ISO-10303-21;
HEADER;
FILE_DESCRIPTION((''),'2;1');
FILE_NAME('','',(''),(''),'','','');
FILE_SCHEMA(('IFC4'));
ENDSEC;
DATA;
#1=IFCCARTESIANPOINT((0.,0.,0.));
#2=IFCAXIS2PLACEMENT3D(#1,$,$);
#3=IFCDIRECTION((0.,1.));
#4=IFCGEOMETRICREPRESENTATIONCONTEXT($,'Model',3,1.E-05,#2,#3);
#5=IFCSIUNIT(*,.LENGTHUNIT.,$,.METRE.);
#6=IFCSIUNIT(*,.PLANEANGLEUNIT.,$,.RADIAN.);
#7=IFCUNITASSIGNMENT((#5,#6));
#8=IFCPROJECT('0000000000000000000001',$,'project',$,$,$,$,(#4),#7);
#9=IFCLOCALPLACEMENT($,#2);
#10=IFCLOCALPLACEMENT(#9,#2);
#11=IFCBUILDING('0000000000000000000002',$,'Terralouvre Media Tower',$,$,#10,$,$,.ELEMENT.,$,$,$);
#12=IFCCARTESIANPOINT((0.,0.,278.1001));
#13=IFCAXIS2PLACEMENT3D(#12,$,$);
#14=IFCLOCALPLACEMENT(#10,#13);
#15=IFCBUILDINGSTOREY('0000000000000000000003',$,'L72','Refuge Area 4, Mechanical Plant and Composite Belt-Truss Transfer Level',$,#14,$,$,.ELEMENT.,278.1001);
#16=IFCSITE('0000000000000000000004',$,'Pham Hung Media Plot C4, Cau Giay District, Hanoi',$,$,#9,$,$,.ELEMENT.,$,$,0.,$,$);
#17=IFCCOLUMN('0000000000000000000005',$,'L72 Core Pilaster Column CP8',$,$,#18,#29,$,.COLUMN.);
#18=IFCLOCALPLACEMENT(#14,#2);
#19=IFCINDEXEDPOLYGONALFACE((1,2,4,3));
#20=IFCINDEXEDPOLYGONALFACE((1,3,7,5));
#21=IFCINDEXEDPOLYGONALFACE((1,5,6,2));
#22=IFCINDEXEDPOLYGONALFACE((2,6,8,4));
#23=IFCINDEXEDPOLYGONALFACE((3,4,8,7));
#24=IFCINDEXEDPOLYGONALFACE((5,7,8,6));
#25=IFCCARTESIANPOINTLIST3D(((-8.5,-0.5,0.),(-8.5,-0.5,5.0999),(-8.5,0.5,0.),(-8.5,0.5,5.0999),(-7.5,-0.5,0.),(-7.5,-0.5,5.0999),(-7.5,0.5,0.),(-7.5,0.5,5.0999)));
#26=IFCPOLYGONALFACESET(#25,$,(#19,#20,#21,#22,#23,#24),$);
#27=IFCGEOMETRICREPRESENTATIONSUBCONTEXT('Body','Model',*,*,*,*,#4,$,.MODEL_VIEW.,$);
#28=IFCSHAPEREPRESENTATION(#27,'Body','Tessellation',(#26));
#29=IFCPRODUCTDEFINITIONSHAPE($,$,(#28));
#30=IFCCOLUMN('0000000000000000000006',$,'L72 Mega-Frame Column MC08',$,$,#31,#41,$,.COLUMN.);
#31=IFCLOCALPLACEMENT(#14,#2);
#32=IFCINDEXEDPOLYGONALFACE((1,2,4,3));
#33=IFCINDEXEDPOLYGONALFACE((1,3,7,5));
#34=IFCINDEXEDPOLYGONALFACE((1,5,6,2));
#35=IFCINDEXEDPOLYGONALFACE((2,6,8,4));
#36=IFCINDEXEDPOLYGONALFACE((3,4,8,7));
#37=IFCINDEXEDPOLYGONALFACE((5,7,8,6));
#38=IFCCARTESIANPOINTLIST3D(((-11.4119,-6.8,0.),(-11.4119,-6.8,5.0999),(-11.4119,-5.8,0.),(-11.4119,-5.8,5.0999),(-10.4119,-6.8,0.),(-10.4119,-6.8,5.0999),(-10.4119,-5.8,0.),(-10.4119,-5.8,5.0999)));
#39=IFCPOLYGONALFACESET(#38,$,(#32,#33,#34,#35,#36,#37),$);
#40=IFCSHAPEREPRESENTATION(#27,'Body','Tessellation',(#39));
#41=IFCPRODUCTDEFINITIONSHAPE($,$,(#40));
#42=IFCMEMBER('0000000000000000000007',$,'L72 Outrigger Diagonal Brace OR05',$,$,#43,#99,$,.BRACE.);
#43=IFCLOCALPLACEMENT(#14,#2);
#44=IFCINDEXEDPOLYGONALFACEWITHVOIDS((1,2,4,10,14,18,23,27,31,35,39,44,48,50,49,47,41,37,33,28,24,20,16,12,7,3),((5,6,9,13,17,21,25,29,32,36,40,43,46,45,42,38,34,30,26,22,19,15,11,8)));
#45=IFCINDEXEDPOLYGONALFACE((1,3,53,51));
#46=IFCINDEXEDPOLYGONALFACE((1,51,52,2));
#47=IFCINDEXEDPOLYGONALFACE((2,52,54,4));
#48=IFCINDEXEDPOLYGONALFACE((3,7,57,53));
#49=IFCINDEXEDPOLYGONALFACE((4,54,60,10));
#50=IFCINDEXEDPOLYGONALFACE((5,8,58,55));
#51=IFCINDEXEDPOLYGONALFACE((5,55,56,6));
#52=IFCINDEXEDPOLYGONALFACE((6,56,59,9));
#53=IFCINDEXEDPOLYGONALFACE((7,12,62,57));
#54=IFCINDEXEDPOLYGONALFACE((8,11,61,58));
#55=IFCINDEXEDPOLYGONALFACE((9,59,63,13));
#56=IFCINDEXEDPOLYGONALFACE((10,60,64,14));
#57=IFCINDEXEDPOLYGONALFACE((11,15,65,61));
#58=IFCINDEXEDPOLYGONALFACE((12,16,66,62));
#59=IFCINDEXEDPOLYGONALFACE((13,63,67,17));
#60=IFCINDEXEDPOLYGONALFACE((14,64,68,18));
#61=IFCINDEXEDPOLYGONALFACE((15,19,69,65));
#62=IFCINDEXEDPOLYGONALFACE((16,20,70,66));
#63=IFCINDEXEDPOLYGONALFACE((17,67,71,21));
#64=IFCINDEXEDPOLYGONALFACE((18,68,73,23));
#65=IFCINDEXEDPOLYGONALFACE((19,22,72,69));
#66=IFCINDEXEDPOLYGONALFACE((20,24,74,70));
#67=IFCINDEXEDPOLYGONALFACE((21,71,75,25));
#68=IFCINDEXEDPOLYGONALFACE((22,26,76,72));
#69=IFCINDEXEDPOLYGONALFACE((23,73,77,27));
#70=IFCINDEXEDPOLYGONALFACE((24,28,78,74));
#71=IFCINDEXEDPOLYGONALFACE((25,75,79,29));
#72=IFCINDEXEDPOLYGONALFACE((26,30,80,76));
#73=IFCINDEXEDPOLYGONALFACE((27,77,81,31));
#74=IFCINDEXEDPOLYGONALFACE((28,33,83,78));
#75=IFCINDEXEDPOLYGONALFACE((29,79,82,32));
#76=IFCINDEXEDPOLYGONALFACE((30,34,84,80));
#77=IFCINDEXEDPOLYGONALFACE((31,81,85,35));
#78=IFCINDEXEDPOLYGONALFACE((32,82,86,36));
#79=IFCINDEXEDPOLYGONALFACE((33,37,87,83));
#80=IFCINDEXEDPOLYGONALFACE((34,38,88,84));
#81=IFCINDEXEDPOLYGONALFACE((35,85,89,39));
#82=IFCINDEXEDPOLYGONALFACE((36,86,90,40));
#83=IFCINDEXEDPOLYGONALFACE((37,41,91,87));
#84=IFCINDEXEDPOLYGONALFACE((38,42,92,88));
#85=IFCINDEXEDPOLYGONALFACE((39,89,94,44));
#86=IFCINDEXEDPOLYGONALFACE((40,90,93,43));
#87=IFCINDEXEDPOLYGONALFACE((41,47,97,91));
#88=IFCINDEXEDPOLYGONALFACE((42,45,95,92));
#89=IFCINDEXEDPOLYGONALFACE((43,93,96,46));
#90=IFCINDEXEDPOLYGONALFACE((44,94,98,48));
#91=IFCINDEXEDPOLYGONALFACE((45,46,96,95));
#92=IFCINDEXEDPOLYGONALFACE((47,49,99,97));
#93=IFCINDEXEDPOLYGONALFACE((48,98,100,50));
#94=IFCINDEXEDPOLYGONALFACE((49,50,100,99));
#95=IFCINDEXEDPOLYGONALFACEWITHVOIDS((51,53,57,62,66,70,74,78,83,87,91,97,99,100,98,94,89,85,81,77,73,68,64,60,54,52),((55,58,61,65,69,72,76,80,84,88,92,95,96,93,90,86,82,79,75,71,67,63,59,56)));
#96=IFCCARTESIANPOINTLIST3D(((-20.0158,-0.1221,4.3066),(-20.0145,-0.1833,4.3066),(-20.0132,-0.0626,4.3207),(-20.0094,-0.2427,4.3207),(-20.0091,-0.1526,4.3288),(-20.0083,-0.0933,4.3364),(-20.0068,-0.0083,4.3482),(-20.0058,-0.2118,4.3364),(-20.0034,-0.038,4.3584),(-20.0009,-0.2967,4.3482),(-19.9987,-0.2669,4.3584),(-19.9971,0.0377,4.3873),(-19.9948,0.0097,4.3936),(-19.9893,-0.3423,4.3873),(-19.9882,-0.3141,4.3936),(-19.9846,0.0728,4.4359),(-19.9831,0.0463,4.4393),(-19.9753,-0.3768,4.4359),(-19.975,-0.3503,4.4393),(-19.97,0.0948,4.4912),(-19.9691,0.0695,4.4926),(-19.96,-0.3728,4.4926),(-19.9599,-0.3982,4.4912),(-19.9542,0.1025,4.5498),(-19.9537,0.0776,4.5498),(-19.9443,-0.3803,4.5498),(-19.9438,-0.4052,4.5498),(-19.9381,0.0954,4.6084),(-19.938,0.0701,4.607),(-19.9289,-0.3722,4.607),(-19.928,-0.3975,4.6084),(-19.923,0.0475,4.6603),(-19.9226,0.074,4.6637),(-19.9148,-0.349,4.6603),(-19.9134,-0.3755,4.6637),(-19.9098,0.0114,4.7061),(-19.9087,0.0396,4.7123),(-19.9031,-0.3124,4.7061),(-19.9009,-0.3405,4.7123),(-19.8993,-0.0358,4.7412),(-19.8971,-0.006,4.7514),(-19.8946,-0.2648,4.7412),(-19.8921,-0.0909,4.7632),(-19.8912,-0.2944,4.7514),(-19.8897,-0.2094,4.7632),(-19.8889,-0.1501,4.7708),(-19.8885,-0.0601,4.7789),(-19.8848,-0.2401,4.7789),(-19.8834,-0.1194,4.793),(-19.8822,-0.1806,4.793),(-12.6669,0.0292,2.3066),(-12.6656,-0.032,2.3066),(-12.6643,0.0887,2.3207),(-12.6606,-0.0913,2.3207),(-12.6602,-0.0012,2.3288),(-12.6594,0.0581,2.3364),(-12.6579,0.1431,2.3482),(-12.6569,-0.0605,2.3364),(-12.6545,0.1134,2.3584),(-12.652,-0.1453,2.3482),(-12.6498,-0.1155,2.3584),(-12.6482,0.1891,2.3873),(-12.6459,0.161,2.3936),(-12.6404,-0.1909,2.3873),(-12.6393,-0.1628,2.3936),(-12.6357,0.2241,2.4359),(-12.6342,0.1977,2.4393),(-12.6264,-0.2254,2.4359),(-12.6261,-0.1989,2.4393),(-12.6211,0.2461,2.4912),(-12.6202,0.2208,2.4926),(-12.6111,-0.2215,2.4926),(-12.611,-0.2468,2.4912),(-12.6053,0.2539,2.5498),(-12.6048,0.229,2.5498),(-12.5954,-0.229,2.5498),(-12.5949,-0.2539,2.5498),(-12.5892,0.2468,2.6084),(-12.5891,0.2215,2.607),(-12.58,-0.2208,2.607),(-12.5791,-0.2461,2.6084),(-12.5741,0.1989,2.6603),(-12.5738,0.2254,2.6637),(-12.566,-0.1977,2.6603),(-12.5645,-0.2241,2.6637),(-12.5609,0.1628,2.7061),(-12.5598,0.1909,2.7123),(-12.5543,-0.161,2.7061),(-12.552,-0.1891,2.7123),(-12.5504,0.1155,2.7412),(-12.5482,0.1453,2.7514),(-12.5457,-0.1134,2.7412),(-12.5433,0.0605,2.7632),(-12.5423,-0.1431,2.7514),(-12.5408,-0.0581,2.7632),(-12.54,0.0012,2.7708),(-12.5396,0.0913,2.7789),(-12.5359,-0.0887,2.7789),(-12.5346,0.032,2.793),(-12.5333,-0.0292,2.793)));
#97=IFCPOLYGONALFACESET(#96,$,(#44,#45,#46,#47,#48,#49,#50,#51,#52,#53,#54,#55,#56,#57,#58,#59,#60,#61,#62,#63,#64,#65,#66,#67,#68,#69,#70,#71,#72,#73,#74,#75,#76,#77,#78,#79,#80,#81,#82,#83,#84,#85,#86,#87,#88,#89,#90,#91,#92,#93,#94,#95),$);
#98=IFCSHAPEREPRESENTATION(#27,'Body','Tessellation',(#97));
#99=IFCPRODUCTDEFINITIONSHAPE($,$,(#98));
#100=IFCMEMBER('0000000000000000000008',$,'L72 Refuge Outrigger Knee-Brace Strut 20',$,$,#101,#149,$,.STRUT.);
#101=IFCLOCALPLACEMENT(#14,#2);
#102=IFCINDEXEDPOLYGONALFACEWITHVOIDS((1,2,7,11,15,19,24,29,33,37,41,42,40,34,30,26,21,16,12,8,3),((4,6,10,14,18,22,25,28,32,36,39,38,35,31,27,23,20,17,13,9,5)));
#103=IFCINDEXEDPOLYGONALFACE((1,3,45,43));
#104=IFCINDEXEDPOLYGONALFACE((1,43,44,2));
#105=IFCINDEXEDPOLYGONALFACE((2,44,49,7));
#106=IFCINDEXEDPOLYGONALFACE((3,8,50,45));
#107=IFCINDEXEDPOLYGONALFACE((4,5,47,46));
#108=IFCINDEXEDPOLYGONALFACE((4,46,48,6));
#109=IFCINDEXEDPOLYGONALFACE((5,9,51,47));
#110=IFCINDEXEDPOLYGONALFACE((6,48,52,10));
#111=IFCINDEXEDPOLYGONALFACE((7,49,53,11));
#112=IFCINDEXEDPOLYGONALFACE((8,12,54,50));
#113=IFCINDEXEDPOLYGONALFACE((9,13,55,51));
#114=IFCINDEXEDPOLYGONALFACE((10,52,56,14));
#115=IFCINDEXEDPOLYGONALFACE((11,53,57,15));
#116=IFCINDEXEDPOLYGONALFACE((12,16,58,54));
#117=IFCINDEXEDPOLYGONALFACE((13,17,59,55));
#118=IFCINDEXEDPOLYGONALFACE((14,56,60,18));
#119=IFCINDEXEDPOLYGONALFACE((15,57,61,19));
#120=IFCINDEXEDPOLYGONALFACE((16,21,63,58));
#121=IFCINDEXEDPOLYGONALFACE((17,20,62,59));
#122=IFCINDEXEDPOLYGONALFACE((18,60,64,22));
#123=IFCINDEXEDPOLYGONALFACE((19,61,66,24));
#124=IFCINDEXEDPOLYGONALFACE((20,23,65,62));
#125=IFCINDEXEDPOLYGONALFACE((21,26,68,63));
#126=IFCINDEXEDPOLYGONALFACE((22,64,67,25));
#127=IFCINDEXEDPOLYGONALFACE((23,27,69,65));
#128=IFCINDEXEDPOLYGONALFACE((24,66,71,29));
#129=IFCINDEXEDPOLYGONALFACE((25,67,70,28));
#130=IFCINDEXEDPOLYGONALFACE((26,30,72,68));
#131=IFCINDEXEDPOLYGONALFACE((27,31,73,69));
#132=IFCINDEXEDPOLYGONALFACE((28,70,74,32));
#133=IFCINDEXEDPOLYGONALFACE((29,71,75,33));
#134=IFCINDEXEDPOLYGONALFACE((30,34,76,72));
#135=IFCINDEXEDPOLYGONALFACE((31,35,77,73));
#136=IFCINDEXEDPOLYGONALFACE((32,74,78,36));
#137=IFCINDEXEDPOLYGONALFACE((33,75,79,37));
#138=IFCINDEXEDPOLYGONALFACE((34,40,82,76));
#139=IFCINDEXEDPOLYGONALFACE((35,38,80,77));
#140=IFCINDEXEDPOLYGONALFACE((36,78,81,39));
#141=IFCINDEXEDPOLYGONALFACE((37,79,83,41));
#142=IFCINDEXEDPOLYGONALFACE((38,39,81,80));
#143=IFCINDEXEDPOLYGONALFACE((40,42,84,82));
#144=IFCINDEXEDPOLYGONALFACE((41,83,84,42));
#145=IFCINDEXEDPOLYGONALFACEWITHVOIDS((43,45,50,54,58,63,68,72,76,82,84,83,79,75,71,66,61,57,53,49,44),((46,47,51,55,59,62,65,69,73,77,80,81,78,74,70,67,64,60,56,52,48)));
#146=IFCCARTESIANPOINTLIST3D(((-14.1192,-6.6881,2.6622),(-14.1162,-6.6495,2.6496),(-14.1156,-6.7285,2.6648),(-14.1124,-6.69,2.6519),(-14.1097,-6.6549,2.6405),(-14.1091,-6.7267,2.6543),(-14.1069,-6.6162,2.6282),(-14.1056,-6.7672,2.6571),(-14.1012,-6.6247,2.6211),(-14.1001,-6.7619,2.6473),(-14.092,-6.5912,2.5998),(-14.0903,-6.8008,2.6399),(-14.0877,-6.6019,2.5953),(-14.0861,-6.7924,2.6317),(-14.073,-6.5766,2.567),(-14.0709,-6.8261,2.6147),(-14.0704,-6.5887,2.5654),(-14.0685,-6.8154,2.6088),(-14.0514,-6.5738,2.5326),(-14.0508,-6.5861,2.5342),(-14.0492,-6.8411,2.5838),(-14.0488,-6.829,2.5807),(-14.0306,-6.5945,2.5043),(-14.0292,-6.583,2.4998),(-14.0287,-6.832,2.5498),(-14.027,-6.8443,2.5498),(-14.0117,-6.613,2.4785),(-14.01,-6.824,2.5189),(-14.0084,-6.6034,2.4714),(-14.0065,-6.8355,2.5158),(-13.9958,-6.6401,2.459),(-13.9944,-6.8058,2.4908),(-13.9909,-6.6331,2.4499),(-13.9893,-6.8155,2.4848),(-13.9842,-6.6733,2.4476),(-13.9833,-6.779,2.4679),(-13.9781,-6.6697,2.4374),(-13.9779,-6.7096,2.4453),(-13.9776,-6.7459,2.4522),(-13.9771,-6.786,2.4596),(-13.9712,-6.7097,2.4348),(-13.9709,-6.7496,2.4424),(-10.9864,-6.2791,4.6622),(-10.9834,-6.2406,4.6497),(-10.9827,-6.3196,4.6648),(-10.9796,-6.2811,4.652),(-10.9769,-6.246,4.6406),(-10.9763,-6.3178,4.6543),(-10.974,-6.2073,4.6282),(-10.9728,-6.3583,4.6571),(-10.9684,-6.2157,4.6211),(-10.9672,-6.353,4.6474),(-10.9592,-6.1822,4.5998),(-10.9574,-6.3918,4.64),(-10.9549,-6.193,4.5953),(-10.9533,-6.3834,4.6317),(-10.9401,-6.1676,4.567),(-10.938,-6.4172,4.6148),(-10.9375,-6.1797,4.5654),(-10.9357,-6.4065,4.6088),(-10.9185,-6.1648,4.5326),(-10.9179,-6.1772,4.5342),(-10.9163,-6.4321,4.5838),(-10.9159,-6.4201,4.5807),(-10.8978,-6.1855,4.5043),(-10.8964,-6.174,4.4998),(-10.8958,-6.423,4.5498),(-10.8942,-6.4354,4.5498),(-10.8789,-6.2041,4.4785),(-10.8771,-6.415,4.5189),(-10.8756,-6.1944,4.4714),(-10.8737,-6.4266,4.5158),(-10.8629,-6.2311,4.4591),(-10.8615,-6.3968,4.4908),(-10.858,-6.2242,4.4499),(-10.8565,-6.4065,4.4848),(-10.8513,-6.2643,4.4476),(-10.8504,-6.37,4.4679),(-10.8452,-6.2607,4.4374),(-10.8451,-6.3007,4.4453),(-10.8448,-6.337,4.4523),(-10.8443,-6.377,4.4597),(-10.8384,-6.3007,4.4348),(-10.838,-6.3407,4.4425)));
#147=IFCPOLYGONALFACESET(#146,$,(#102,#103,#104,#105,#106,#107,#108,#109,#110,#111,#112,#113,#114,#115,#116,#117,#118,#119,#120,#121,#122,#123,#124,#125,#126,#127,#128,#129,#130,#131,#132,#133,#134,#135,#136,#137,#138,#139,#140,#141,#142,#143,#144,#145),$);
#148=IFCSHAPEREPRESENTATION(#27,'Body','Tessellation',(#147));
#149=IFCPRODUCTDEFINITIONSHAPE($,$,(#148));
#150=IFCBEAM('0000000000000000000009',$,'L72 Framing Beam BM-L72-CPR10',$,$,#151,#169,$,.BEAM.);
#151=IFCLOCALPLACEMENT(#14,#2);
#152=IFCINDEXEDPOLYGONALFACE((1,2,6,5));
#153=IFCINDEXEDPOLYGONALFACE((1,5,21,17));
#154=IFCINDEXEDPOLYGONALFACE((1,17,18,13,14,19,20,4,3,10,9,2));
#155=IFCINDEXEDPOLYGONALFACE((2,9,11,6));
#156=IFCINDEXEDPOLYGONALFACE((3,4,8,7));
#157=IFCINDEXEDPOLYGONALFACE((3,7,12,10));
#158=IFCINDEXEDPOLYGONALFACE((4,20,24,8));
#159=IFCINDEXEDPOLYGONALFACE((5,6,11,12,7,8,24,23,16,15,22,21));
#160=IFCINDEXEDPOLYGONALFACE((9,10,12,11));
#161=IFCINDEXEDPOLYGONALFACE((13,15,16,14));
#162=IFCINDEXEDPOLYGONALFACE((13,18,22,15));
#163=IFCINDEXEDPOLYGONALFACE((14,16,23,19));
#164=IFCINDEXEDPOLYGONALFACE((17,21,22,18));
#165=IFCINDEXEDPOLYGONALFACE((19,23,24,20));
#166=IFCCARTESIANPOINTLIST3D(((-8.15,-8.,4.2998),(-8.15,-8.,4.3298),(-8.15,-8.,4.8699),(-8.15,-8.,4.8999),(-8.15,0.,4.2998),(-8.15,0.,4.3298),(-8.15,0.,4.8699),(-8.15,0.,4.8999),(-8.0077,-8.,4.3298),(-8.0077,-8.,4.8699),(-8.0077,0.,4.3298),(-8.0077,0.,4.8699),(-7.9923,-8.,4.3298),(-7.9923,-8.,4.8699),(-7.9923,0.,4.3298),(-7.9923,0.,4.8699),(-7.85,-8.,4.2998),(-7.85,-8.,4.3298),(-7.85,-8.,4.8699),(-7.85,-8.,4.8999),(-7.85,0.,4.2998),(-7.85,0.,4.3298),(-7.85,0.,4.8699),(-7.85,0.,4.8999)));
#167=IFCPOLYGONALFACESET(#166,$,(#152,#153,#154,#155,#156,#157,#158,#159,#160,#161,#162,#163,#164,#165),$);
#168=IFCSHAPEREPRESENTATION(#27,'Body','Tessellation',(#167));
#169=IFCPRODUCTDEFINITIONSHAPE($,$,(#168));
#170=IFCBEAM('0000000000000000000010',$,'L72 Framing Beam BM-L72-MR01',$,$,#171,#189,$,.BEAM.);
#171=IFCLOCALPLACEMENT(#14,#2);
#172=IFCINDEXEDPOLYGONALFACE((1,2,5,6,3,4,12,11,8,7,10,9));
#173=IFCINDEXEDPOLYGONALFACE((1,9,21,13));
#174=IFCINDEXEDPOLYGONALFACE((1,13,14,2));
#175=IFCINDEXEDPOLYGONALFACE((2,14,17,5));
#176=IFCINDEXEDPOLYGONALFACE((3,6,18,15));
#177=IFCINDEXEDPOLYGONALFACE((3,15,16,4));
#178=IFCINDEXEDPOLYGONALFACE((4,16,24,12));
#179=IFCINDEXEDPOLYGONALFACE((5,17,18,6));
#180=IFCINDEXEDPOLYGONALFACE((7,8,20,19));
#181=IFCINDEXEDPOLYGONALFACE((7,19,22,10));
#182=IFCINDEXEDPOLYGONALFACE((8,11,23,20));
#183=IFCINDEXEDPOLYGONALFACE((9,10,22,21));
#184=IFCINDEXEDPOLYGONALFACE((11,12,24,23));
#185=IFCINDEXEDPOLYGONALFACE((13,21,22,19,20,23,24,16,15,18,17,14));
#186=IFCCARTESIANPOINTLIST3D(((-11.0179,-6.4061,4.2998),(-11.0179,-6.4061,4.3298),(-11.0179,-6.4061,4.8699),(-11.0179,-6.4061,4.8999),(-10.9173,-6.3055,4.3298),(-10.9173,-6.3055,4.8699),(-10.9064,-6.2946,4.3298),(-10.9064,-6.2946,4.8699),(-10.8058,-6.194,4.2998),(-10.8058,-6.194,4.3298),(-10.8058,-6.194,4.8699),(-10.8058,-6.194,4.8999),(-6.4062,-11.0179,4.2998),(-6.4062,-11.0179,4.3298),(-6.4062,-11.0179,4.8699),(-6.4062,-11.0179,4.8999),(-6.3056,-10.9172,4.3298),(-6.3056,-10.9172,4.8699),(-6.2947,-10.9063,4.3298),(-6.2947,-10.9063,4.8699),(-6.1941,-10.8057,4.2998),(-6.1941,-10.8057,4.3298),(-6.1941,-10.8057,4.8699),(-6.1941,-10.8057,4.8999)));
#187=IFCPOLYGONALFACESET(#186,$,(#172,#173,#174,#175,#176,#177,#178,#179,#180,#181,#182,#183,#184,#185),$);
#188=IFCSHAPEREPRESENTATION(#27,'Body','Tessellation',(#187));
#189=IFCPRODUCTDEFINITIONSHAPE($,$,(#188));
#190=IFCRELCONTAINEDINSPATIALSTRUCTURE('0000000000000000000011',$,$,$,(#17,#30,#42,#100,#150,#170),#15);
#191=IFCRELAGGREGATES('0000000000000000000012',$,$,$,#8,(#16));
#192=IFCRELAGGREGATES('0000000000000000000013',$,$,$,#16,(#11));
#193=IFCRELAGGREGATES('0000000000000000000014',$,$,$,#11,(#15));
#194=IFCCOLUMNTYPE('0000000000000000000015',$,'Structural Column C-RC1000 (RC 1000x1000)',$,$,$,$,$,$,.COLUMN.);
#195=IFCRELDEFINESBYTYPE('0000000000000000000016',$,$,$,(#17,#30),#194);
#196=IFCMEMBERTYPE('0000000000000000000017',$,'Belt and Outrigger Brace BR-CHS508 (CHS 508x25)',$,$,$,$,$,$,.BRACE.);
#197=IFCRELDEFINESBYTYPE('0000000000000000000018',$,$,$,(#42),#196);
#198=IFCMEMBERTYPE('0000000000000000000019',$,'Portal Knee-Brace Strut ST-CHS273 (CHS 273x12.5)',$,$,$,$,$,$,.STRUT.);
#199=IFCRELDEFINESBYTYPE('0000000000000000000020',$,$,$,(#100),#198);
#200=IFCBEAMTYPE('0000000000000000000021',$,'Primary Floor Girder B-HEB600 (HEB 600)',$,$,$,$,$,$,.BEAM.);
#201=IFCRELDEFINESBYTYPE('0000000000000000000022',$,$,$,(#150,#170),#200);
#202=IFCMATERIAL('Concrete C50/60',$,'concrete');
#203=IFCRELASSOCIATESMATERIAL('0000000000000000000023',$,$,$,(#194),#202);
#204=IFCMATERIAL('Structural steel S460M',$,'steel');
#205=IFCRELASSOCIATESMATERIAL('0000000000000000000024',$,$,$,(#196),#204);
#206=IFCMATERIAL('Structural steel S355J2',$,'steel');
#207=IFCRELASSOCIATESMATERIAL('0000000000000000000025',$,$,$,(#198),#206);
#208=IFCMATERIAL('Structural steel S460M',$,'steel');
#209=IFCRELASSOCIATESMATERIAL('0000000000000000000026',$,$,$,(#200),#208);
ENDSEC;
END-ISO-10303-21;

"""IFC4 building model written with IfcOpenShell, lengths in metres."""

from ifc_helpers import new_model, si_unit, direction, frame, origin, origin_2d, place, context, subcontext, project, spatial, rectangle, hollow_circle, i_section, extrude, material, material_profile, profile_set, type_object, element, save


model = new_model("IFC4")

# Units and contexts
model_context = context("Model", 3, precision=1e-05, world=origin(), true_north=direction((0.0, 1.0)))
body_context = subcontext(model_context, "Body", "Model", "MODEL_VIEW")
ifc_project = project(units=[si_unit("LENGTHUNIT", "METRE"), si_unit("PLANEANGLEUNIT", "RADIAN")], contexts=[model_context])

# Site, building, storey
site_placement = place(None, origin())
site = spatial("IfcSite", under=ifc_project, at=site_placement, Name="Pham Hung Media Plot C4, Cau Giay District, Hanoi", CompositionType="ELEMENT", RefElevation=0.0)
building_placement = place(site_placement, origin())
building = spatial("IfcBuilding", under=site, at=building_placement, Name="Terralouvre Media Tower", CompositionType="ELEMENT")
storey_placement = place(building_placement, frame((0.0, 0.0, 278.1001)))
storey = spatial("IfcBuildingStorey", under=building, at=storey_placement, Name="L72", Description="Refuge Area 4, Mechanical Plant and Composite Belt-Truss Transfer Level", CompositionType="ELEMENT", Elevation=278.1001)

# Columns
ifc_material_1 = material(Name="Concrete C50/60", Category="concrete")
ifc_material_profile_1 = material_profile(ifc_material_1, rectangle(XDim=1.0, YDim=1.0, at=origin_2d()), Name="RC 1000x1000")
ifc_profile_set_1 = profile_set([ifc_material_profile_1], Name="Concrete C50/60")
column_type = type_object("IfcColumnType", Name="Structural Column C-RC1000 (RC 1000x1000)", PredefinedType="COLUMN", material=ifc_profile_set_1)
for number, where, z_axis, x_axis, name in (
    (1, (-8.0, 0.0, 0.0), (0.0, 0.0, 1.0), (1.0, 0.0, 0.0), "L72 Core Pilaster Column CP8"),
    (2, (-10.9119, -6.3, 0.0), (0.0, 0.0, 1.0), (1.0, 0.0, 0.0), "L72 Mega-Frame Column MC08"),
):
    element("IfcColumn", number, at=place(storey_placement, frame(where, z_axis=z_axis, x_axis=x_axis)), inside=storey, type_object=column_type, Name=name, PredefinedType="COLUMN", context=body_context, shape_type="SweptSolid", body=[
        extrude(rectangle(XDim=1.0, YDim=1.0, at=origin_2d()), origin(), (0.0, 0.0, 1.0), 5.0999),
    ])

# Members
ifc_material_2 = material(Name="Structural steel S460M", Category="steel")
ifc_material_profile_2 = material_profile(ifc_material_2, hollow_circle(Radius=0.2539, WallThickness=0.0249, at=origin_2d()), Name="CHS 508x25")
ifc_profile_set_2 = profile_set([ifc_material_profile_2], Name="Structural steel S460M")
member_type_1 = type_object("IfcMemberType", Name="Belt and Outrigger Brace BR-CHS508 (CHS 508x25)", PredefinedType="BRACE", material=ifc_profile_set_2)
member_1_placement = place(storey_placement, frame((-12.6001, 0.0, 2.5498), z_axis=(-0.964714, -0.019871, 0.262547), x_axis=(0.020593, -0.999788, 0.0)))
element("IfcMember", 3, at=member_1_placement, inside=storey, type_object=member_type_1, Name="L72 Outrigger Diagonal Brace OR05", PredefinedType="BRACE", context=body_context, shape_type="SweptSolid", body=[
    extrude(hollow_circle(Radius=0.2539, WallThickness=0.0249, at=origin_2d()), origin(), (0.0, 0.0, 1.0), 7.6177),
])
ifc_material_3 = material(Name="Structural steel S355J2", Category="steel")
ifc_material_profile_3 = material_profile(ifc_material_3, hollow_circle(Radius=0.1365, WallThickness=0.0125, at=origin_2d()), Name="CHS 273x12.5")
ifc_profile_set_3 = profile_set([ifc_material_profile_3], Name="Structural steel S355J2")
member_type_2 = type_object("IfcMemberType", Name="Portal Knee-Brace Strut ST-CHS273 (CHS 273x12.5)", PredefinedType="STRUT", material=ifc_profile_set_3)
member_2_placement = place(storey_placement, frame((-10.9119, -6.3, 4.5498), z_axis=(-0.837826, -0.109364, -0.534871), x_axis=(0.129435, -0.991588, 0.0)))
element("IfcMember", 4, at=member_2_placement, inside=storey, type_object=member_type_2, Name="L72 Refuge Outrigger Knee-Brace Strut 20", PredefinedType="STRUT", context=body_context, shape_type="SweptSolid", body=[
    extrude(hollow_circle(Radius=0.1365, WallThickness=0.0125, at=origin_2d()), origin(), (0.0, 0.0, 1.0), 3.7393),
])

# Beams
ifc_material_4 = material(Name="Structural steel S460M", Category="steel")
ifc_material_profile_4 = material_profile(ifc_material_4, i_section(OverallWidth=0.3, OverallDepth=0.6001, WebThickness=0.0154, FlangeThickness=0.03, at=origin_2d()), Name="HEB 600")
ifc_profile_set_4 = profile_set([ifc_material_profile_4], Name="Structural steel S460M")
beam_type_1 = type_object("IfcBeamType", Name="Primary Floor Girder B-HEB600 (HEB 600)", PredefinedType="BEAM", material=ifc_profile_set_4)
beam_1_placement = place(storey_placement, frame((-8.0, 0.0, 4.5999), z_axis=(0.0, -1.0, 0.0), x_axis=(1.0, 0.0, 0.0)))
element("IfcBeam", 5, at=beam_1_placement, inside=storey, type_object=beam_type_1, Name="L72 Framing Beam BM-L72-CPR10", PredefinedType="BEAM", context=body_context, shape_type="SweptSolid", body=[
    extrude(i_section(OverallWidth=0.3, OverallDepth=0.6001, WebThickness=0.0154, FlangeThickness=0.03, at=origin_2d()), origin(), (0.0, 0.0, 1.0), 8.0),
])
beam_2_placement = place(storey_placement, frame((-10.9119, -6.3, 4.5999), z_axis=(0.707107, -0.707107, 0.0), x_axis=(0.707107, 0.707107, 0.0)))
element("IfcBeam", 6, at=beam_2_placement, inside=storey, type_object=beam_type_1, Name="L72 Framing Beam BM-L72-MR01", PredefinedType="BEAM", context=body_context, shape_type="SweptSolid", body=[
    extrude(i_section(OverallWidth=0.3, OverallDepth=0.6001, WebThickness=0.0154, FlangeThickness=0.03, at=origin_2d()), origin(), (0.0, 0.0, 1.0), 6.522),
])

save(model, "model.ifc")
